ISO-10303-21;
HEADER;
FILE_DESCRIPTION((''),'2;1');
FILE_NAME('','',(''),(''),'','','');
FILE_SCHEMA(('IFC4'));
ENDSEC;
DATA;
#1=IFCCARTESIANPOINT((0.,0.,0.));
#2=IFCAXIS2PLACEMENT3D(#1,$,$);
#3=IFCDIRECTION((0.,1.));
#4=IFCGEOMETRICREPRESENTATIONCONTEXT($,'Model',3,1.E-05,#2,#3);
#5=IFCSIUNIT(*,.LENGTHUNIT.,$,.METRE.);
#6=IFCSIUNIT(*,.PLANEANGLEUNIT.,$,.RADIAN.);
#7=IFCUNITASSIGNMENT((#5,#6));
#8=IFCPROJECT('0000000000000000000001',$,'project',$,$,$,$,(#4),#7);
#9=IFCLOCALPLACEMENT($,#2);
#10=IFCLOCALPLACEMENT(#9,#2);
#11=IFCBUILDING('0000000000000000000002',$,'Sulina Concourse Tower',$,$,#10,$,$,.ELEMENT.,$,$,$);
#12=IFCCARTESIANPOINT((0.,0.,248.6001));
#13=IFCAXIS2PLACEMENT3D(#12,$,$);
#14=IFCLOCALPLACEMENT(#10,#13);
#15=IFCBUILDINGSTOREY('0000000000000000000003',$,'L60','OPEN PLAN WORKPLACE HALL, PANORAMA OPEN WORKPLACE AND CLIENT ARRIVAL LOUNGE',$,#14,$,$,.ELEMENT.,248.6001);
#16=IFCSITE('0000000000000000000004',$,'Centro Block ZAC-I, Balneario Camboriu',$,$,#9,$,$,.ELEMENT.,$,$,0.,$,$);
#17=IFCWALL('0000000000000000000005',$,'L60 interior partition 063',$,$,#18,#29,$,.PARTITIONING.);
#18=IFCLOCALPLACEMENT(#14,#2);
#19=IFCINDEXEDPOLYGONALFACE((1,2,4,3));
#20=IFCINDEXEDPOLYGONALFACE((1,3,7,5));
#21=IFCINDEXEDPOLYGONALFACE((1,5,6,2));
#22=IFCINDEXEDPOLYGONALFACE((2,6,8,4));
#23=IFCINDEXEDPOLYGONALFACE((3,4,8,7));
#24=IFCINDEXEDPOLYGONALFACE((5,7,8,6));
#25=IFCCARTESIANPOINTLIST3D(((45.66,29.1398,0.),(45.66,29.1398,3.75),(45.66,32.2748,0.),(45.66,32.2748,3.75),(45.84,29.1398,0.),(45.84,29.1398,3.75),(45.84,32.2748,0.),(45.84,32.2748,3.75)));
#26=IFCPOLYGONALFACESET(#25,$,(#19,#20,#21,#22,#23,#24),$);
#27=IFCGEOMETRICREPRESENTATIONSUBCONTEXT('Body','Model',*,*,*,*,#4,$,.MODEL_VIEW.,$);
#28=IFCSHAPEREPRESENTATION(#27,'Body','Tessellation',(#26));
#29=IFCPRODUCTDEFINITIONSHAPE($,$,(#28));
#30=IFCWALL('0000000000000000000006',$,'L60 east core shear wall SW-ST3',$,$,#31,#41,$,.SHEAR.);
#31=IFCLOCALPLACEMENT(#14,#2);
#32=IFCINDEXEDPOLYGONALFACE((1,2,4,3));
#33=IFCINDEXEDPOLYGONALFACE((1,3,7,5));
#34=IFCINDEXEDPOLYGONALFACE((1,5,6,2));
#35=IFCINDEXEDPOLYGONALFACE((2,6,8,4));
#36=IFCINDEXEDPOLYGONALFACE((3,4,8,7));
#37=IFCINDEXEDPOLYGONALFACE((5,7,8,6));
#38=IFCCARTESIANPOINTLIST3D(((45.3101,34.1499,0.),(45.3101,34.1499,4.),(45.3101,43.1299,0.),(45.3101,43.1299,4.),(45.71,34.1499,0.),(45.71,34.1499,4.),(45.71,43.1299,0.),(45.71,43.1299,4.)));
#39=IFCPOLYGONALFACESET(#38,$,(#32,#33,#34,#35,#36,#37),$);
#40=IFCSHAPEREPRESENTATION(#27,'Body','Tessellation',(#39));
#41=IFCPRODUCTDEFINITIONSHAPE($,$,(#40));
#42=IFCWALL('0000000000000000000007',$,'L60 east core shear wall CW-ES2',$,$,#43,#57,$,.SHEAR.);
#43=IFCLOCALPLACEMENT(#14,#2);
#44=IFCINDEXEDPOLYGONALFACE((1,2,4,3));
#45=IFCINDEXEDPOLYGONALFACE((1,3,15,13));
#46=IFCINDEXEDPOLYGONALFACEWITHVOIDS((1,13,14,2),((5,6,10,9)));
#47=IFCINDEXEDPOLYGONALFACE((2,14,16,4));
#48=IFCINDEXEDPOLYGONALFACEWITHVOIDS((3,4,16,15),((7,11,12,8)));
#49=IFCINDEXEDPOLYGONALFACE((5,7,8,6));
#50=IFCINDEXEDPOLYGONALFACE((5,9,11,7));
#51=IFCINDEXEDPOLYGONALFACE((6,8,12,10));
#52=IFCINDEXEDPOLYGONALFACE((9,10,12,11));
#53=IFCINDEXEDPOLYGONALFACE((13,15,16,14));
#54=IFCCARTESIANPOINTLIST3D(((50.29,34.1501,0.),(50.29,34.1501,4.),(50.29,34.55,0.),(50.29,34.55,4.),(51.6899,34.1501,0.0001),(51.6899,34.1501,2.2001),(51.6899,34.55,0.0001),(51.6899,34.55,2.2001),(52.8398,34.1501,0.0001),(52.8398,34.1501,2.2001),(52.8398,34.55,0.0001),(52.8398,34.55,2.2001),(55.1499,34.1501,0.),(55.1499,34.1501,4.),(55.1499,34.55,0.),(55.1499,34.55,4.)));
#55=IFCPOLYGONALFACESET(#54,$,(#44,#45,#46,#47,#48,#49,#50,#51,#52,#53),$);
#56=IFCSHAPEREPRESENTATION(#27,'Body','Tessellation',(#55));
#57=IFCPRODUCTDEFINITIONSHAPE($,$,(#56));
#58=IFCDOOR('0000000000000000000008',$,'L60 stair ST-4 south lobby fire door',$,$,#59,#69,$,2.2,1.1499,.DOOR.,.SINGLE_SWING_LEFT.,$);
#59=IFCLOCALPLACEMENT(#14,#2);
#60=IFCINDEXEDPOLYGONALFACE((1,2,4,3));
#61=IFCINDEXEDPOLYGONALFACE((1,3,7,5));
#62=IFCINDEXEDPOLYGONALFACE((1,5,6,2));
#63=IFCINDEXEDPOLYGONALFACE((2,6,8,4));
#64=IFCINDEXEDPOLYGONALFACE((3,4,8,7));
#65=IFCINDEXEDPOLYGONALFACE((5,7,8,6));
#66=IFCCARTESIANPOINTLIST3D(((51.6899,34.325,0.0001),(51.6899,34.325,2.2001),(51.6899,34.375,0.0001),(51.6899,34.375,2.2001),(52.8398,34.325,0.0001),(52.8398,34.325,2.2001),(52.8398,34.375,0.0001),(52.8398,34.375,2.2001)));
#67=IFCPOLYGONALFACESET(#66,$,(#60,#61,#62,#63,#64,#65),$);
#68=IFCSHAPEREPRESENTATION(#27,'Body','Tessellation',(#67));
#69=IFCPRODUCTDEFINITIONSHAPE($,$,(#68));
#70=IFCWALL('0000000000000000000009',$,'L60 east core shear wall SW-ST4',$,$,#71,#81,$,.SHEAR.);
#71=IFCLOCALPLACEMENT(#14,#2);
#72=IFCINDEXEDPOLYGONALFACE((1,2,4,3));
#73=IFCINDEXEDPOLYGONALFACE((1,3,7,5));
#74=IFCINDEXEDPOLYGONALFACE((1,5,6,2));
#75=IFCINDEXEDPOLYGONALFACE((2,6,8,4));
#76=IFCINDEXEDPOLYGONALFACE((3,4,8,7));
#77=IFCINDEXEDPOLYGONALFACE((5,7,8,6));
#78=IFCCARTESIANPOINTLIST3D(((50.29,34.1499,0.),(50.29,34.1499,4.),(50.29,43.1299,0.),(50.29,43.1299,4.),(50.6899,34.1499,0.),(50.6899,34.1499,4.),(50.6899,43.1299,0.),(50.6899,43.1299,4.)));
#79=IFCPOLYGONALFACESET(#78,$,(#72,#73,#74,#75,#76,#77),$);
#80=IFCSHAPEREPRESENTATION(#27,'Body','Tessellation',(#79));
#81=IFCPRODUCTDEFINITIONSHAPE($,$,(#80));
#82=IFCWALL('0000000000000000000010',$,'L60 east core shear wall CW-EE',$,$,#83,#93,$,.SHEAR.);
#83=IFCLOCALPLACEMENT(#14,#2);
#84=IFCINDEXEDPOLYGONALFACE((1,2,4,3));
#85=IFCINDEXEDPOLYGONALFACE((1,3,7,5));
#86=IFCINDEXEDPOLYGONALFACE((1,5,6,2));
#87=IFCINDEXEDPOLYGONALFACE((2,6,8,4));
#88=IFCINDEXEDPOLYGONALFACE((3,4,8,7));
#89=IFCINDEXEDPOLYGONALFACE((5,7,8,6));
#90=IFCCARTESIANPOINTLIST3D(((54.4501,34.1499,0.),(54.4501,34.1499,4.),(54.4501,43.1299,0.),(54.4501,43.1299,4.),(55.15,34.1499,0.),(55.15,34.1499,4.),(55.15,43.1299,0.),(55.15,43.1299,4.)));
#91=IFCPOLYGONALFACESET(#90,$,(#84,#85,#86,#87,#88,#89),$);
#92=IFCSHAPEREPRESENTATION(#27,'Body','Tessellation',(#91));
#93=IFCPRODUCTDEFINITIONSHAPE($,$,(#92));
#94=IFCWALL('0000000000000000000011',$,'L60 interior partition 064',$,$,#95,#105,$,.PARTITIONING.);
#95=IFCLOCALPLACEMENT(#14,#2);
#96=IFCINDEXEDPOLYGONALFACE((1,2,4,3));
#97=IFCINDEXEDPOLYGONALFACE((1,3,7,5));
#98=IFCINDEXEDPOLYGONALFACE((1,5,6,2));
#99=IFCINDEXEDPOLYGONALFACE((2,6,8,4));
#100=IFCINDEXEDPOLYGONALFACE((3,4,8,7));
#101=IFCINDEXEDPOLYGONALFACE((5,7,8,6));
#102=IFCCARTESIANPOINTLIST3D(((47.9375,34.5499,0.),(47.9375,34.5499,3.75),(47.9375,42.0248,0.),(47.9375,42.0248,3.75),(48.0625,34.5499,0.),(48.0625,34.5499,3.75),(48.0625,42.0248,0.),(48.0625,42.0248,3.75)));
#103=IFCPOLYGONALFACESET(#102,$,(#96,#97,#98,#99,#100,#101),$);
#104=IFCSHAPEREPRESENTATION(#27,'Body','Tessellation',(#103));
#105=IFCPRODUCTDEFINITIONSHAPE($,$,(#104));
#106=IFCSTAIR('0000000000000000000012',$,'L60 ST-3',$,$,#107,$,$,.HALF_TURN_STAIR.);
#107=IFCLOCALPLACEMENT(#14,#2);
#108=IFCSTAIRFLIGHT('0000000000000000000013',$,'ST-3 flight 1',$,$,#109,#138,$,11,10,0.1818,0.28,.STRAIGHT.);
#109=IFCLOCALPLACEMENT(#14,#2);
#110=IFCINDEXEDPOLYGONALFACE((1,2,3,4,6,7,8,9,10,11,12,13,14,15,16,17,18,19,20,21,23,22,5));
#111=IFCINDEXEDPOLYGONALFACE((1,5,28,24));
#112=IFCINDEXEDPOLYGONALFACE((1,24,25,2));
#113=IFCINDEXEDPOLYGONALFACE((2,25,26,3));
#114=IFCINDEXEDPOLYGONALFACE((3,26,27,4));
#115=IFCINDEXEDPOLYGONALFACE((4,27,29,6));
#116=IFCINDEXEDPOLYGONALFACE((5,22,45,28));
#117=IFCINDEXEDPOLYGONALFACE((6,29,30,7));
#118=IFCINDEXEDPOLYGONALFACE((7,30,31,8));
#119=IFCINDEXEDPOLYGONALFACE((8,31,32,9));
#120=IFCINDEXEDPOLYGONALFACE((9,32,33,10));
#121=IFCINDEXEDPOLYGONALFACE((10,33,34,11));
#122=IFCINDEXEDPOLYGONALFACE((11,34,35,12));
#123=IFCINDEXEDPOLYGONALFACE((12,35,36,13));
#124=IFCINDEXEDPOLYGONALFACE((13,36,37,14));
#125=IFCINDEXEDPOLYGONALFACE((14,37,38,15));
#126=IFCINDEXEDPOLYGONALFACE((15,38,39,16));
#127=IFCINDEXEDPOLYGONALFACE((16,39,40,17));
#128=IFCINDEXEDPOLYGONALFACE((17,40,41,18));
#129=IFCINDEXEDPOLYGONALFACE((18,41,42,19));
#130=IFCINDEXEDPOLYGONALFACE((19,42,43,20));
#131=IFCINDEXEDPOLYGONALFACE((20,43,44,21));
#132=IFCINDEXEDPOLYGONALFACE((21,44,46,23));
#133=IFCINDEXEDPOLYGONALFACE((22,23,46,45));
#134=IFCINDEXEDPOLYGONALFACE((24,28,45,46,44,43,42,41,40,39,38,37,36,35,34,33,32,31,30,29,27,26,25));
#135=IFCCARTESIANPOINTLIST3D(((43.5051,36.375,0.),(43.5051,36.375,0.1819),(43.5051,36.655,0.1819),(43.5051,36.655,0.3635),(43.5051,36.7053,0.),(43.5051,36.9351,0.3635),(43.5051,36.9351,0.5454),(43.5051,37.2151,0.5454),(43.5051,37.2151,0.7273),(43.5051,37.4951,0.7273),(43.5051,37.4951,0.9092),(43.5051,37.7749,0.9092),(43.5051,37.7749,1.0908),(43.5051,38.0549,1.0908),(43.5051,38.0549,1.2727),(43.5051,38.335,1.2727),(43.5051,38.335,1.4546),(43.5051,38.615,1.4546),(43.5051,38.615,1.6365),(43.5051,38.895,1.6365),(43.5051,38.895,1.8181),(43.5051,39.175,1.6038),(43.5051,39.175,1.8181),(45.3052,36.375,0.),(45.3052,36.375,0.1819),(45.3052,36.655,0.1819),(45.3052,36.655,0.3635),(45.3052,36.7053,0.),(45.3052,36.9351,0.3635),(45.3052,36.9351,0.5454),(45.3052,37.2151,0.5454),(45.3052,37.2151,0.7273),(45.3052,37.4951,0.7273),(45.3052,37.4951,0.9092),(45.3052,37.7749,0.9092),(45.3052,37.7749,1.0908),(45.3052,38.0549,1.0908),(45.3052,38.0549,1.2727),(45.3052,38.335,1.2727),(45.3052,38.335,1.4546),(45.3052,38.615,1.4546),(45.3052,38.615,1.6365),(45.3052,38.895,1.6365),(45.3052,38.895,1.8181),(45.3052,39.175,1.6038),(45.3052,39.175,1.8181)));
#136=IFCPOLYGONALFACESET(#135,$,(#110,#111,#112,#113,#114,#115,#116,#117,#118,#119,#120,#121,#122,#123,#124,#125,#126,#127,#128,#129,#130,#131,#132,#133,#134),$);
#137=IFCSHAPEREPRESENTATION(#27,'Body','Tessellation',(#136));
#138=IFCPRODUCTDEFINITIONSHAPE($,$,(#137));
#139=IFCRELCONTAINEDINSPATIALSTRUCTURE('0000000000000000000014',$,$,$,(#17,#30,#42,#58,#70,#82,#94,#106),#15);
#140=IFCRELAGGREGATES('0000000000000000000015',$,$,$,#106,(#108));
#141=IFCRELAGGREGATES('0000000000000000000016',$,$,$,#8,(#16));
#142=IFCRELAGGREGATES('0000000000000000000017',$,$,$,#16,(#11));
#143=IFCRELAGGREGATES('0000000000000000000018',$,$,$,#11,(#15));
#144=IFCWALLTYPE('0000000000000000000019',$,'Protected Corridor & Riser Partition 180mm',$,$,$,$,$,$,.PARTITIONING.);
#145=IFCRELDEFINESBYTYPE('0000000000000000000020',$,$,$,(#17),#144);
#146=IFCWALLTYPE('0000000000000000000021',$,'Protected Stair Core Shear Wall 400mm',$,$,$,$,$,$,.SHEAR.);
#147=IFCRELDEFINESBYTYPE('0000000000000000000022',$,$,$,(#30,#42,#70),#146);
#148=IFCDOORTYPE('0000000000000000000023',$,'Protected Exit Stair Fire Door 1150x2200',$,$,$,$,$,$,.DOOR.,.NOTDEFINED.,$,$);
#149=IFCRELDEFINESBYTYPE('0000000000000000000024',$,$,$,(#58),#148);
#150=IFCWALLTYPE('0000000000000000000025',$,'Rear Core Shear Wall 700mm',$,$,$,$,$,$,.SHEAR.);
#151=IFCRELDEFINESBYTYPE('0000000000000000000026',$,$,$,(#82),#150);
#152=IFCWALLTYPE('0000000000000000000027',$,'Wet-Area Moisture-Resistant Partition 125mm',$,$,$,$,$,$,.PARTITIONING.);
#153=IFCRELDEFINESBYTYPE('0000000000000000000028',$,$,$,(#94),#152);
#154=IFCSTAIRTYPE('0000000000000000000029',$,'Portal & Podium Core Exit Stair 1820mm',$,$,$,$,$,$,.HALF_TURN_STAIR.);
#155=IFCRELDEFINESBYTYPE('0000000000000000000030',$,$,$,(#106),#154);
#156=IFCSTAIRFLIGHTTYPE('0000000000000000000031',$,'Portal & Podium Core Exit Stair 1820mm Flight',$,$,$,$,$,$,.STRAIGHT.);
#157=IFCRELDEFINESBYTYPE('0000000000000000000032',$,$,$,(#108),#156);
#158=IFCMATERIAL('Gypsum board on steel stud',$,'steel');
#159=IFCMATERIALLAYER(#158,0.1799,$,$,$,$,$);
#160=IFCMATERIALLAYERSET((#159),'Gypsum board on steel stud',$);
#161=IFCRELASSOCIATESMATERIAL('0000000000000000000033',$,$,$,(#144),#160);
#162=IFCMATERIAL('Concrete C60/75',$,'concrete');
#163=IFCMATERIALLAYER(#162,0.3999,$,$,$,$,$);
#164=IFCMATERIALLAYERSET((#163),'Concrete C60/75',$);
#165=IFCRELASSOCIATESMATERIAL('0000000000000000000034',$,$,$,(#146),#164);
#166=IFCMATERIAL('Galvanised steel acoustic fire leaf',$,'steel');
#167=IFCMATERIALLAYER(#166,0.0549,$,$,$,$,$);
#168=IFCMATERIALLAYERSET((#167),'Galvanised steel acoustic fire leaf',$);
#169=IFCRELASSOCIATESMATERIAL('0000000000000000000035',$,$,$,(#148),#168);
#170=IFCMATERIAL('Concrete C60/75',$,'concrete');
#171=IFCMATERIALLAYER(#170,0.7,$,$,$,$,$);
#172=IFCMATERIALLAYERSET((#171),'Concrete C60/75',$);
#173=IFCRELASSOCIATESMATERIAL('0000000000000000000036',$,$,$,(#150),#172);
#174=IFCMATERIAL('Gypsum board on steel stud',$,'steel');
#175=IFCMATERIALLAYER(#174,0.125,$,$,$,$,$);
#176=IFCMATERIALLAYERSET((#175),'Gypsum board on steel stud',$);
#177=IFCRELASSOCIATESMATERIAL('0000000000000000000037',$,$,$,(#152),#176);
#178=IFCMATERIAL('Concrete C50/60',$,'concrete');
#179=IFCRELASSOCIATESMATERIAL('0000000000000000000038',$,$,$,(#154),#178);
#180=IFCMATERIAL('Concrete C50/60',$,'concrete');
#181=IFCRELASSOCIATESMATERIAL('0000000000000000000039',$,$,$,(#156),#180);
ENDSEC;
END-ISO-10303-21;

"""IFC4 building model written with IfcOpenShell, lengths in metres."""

from ifc_helpers import new_model, si_unit, direction, frame, frame_2d, origin, place, context, subcontext, project, spatial, polyline, rectangle, outline, extrude, material, layer, layer_set, type_object, element, fill, aggregate, save


model = new_model("IFC4")

# Units and contexts
model_context = context("Model", 3, precision=1e-05, world=origin(), true_north=direction((0.0, 1.0)))
body_context = subcontext(model_context, "Body", "Model", "MODEL_VIEW")
ifc_project = project(units=[si_unit("LENGTHUNIT", "METRE"), si_unit("PLANEANGLEUNIT", "RADIAN")], contexts=[model_context])

# Site, building, storey
site_placement = place(None, origin())
site = spatial("IfcSite", under=ifc_project, at=site_placement, Name="Centro Block ZAC-I, Balneario Camboriu", CompositionType="ELEMENT", RefElevation=0.0)
building_placement = place(site_placement, origin())
building = spatial("IfcBuilding", under=site, at=building_placement, Name="Sulina Concourse Tower", CompositionType="ELEMENT")
storey_placement = place(building_placement, frame((0.0, 0.0, 248.6001)))
storey = spatial("IfcBuildingStorey", under=building, at=storey_placement, Name="L60", Description="OPEN PLAN WORKPLACE HALL, PANORAMA OPEN WORKPLACE AND CLIENT ARRIVAL LOUNGE", CompositionType="ELEMENT", Elevation=248.6001)

# Shared definitions
ifc_material_1 = material(Name="Gypsum board on steel stud", Category="steel")
ifc_layer_1 = layer(ifc_material_1, 0.1799)
ifc_layer_set_1 = layer_set([ifc_layer_1], Name="Gypsum board on steel stud")
wall_type_1 = type_object("IfcWallType", Name="Protected Corridor & Riser Partition 180mm", PredefinedType="PARTITIONING", material=ifc_layer_set_1)

# Walls
wall_1_placement = place(storey_placement, frame((45.75, 29.1399, 0.0), z_axis=(0.0, 0.0, 1.0), x_axis=(0.0, 1.0, 0.0)))
element("IfcWall", 1, at=wall_1_placement, inside=storey, type_object=wall_type_1, Name="L60 interior partition 063", PredefinedType="PARTITIONING", context=body_context, shape_type="SweptSolid", body=[
    extrude(rectangle(XDim=3.135, YDim=0.1799, at=frame_2d((1.5674, 0.0))), origin(), (0.0, 0.0, 1.0), 3.75),
])
ifc_material_2 = material(Name="Concrete C60/75", Category="concrete")
ifc_layer_2 = layer(ifc_material_2, 0.3999)
ifc_layer_set_2 = layer_set([ifc_layer_2], Name="Concrete C60/75")
wall_type_2 = type_object("IfcWallType", Name="Protected Stair Core Shear Wall 400mm", PredefinedType="SHEAR", material=ifc_layer_set_2)
wall_2_placement = place(storey_placement, frame((45.51, 34.1499, 0.0), z_axis=(0.0, 0.0, 1.0), x_axis=(0.0, 1.0, 0.0)))
element("IfcWall", 2, at=wall_2_placement, inside=storey, type_object=wall_type_2, Name="L60 east core shear wall SW-ST3", PredefinedType="SHEAR", context=body_context, shape_type="SweptSolid", body=[
    extrude(rectangle(XDim=8.98, YDim=0.3999, at=frame_2d((4.49, 0.0))), origin(), (0.0, 0.0, 1.0), 4.0),
])

# Wall, opening, door
wall_3_placement = place(storey_placement, frame((50.29, 34.3501, 0.0), z_axis=(0.0, 0.0, 1.0), x_axis=(1.0, 0.0, 0.0)))
wall_3 = element("IfcWall", 3, at=wall_3_placement, inside=storey, type_object=wall_type_2, Name="L60 east core shear wall CW-ES2", PredefinedType="SHEAR", context=body_context, shape_type="SweptSolid", body=[
    extrude(rectangle(XDim=4.8599, YDim=0.3999, at=frame_2d((2.4299, 0.0))), origin(), (0.0, 0.0, 1.0), 4.0),
])
opening_1_placement = place(wall_3_placement, frame((1.3999, 0.0, 0.0)))
opening_1 = element("IfcOpeningElement", 4, at=opening_1_placement, cuts=wall_3, PredefinedType="OPENING", context=body_context, shape_type="SweptSolid", body=[
    extrude(rectangle(XDim=1.1499, YDim=2.2, at=frame_2d((0.575, 1.1001))), frame((0.0, 0.21, 0.0), z_axis=(0.0, -1.0, 0.0), x_axis=(1.0, 0.0, 0.0)), (0.0, 0.0, 1.0), 0.4199),
])
ifc_material_3 = material(Name="Galvanised steel acoustic fire leaf", Category="steel")
ifc_layer_3 = layer(ifc_material_3, 0.0549)
ifc_layer_set_3 = layer_set([ifc_layer_3], Name="Galvanised steel acoustic fire leaf")
door_type_1 = type_object("IfcDoorType", Name="Protected Exit Stair Fire Door 1150x2200", OperationType="NOTDEFINED", PredefinedType="DOOR", material=ifc_layer_set_3)
door_1_placement = place(opening_1_placement, origin())
door_1 = element("IfcDoor", 5, at=door_1_placement, inside=storey, type_object=door_type_1, Name="L60 stair ST-4 south lobby fire door", OperationType="SINGLE_SWING_LEFT", OverallHeight=2.2, OverallWidth=1.1499, PredefinedType="DOOR", context=body_context, shape_type="SweptSolid", body=[
    extrude(rectangle(XDim=1.1499, YDim=2.2, at=frame_2d((0.575, 1.1001))), frame((0.0, 0.0249, 0.0), z_axis=(0.0, -1.0, 0.0), x_axis=(1.0, 0.0, 0.0)), (0.0, 0.0, 1.0), 0.05),
])
fill(opening_1, door_1)

# Walls
wall_4_placement = place(storey_placement, frame((50.49, 34.1499, 0.0), z_axis=(0.0, 0.0, 1.0), x_axis=(0.0, 1.0, 0.0)))
element("IfcWall", 6, at=wall_4_placement, inside=storey, type_object=wall_type_2, Name="L60 east core shear wall SW-ST4", PredefinedType="SHEAR", context=body_context, shape_type="SweptSolid", body=[
    extrude(rectangle(XDim=8.98, YDim=0.3999, at=frame_2d((4.49, 0.0))), origin(), (0.0, 0.0, 1.0), 4.0),
])
ifc_material_4 = material(Name="Concrete C60/75", Category="concrete")
ifc_layer_4 = layer(ifc_material_4, 0.7)
ifc_layer_set_4 = layer_set([ifc_layer_4], Name="Concrete C60/75")
wall_type_3 = type_object("IfcWallType", Name="Rear Core Shear Wall 700mm", PredefinedType="SHEAR", material=ifc_layer_set_4)
wall_5_placement = place(storey_placement, frame((54.8, 34.1499, 0.0), z_axis=(0.0, 0.0, 1.0), x_axis=(0.0, 1.0, 0.0)))
element("IfcWall", 7, at=wall_5_placement, inside=storey, type_object=wall_type_3, Name="L60 east core shear wall CW-EE", PredefinedType="SHEAR", context=body_context, shape_type="SweptSolid", body=[
    extrude(rectangle(XDim=8.98, YDim=0.7, at=frame_2d((4.49, 0.0))), origin(), (0.0, 0.0, 1.0), 4.0),
])
ifc_material_5 = material(Name="Gypsum board on steel stud", Category="steel")
ifc_layer_5 = layer(ifc_material_5, 0.125)
ifc_layer_set_5 = layer_set([ifc_layer_5], Name="Gypsum board on steel stud")
wall_type_4 = type_object("IfcWallType", Name="Wet-Area Moisture-Resistant Partition 125mm", PredefinedType="PARTITIONING", material=ifc_layer_set_5)
wall_6_placement = place(storey_placement, frame((48.0, 34.55, 0.0), z_axis=(0.0, 0.0, 1.0), x_axis=(0.0, 1.0, 0.0)))
element("IfcWall", 8, at=wall_6_placement, inside=storey, type_object=wall_type_4, Name="L60 interior partition 064", PredefinedType="PARTITIONING", context=body_context, shape_type="SweptSolid", body=[
    extrude(rectangle(XDim=7.4749, YDim=0.125, at=frame_2d((3.7373, 0.0))), origin(), (0.0, 0.0, 1.0), 3.75),
])

# Stair, stair flight
ifc_material_6 = material(Name="Concrete C50/60", Category="concrete")
stair_type = type_object("IfcStairType", Name="Portal & Podium Core Exit Stair 1820mm", PredefinedType="HALF_TURN_STAIR", material=ifc_material_6)
stair_placement = place(storey_placement, origin())
stair = element("IfcStair", 9, at=stair_placement, inside=storey, type_object=stair_type, Name="L60 ST-3", PredefinedType="HALF_TURN_STAIR")
ifc_material_7 = material(Name="Concrete C50/60", Category="concrete")
stair_flight_type = type_object("IfcStairFlightType", Name="Portal & Podium Core Exit Stair 1820mm Flight", PredefinedType="STRAIGHT", material=ifc_material_7)
stair_flight_placement = place(storey_placement, frame((44.405, 36.375, 0.0), z_axis=(0.0, 0.0, 1.0), x_axis=(0.0, 1.0, 0.0)))
stair_flight = element("IfcStairFlight", 10, at=stair_flight_placement, type_object=stair_flight_type, Name="ST-3 flight 1", NumberOfRisers=11, NumberOfTreads=10, PredefinedType="STRAIGHT", RiserHeight=0.1818, TreadLength=0.28, context=body_context, shape_type="SweptSolid", body=[
    extrude(outline(polyline([(0.0, 0.0), (0.0, 0.1819), (0.28, 0.1819), (0.28, 0.3635), (0.5601, 0.3635), (0.5601, 0.5454), (0.8401, 0.5454), (0.8401, 0.7273), (1.1201, 0.7273), (1.1201, 0.9092), (1.3999, 0.9092), (1.3999, 1.0908), (1.6799, 1.0908), (1.6799, 1.2727), (1.96, 1.2727), (1.96, 1.4546), (2.24, 1.4546), (2.24, 1.6365), (2.52, 1.6365), (2.52, 1.8181), (2.8, 1.8181), (2.8, 2.0), (2.8, 1.6038), (0.3303, 0.0), (0.0, 0.0)])), frame((0.0, 0.8999, 0.0), z_axis=(0.0, -1.0, 0.0), x_axis=(1.0, 0.0, 0.0)), (0.0, 0.0, 1.0), 1.8),
])
aggregate(stair, [stair_flight])

save(model, "model.ifc")
